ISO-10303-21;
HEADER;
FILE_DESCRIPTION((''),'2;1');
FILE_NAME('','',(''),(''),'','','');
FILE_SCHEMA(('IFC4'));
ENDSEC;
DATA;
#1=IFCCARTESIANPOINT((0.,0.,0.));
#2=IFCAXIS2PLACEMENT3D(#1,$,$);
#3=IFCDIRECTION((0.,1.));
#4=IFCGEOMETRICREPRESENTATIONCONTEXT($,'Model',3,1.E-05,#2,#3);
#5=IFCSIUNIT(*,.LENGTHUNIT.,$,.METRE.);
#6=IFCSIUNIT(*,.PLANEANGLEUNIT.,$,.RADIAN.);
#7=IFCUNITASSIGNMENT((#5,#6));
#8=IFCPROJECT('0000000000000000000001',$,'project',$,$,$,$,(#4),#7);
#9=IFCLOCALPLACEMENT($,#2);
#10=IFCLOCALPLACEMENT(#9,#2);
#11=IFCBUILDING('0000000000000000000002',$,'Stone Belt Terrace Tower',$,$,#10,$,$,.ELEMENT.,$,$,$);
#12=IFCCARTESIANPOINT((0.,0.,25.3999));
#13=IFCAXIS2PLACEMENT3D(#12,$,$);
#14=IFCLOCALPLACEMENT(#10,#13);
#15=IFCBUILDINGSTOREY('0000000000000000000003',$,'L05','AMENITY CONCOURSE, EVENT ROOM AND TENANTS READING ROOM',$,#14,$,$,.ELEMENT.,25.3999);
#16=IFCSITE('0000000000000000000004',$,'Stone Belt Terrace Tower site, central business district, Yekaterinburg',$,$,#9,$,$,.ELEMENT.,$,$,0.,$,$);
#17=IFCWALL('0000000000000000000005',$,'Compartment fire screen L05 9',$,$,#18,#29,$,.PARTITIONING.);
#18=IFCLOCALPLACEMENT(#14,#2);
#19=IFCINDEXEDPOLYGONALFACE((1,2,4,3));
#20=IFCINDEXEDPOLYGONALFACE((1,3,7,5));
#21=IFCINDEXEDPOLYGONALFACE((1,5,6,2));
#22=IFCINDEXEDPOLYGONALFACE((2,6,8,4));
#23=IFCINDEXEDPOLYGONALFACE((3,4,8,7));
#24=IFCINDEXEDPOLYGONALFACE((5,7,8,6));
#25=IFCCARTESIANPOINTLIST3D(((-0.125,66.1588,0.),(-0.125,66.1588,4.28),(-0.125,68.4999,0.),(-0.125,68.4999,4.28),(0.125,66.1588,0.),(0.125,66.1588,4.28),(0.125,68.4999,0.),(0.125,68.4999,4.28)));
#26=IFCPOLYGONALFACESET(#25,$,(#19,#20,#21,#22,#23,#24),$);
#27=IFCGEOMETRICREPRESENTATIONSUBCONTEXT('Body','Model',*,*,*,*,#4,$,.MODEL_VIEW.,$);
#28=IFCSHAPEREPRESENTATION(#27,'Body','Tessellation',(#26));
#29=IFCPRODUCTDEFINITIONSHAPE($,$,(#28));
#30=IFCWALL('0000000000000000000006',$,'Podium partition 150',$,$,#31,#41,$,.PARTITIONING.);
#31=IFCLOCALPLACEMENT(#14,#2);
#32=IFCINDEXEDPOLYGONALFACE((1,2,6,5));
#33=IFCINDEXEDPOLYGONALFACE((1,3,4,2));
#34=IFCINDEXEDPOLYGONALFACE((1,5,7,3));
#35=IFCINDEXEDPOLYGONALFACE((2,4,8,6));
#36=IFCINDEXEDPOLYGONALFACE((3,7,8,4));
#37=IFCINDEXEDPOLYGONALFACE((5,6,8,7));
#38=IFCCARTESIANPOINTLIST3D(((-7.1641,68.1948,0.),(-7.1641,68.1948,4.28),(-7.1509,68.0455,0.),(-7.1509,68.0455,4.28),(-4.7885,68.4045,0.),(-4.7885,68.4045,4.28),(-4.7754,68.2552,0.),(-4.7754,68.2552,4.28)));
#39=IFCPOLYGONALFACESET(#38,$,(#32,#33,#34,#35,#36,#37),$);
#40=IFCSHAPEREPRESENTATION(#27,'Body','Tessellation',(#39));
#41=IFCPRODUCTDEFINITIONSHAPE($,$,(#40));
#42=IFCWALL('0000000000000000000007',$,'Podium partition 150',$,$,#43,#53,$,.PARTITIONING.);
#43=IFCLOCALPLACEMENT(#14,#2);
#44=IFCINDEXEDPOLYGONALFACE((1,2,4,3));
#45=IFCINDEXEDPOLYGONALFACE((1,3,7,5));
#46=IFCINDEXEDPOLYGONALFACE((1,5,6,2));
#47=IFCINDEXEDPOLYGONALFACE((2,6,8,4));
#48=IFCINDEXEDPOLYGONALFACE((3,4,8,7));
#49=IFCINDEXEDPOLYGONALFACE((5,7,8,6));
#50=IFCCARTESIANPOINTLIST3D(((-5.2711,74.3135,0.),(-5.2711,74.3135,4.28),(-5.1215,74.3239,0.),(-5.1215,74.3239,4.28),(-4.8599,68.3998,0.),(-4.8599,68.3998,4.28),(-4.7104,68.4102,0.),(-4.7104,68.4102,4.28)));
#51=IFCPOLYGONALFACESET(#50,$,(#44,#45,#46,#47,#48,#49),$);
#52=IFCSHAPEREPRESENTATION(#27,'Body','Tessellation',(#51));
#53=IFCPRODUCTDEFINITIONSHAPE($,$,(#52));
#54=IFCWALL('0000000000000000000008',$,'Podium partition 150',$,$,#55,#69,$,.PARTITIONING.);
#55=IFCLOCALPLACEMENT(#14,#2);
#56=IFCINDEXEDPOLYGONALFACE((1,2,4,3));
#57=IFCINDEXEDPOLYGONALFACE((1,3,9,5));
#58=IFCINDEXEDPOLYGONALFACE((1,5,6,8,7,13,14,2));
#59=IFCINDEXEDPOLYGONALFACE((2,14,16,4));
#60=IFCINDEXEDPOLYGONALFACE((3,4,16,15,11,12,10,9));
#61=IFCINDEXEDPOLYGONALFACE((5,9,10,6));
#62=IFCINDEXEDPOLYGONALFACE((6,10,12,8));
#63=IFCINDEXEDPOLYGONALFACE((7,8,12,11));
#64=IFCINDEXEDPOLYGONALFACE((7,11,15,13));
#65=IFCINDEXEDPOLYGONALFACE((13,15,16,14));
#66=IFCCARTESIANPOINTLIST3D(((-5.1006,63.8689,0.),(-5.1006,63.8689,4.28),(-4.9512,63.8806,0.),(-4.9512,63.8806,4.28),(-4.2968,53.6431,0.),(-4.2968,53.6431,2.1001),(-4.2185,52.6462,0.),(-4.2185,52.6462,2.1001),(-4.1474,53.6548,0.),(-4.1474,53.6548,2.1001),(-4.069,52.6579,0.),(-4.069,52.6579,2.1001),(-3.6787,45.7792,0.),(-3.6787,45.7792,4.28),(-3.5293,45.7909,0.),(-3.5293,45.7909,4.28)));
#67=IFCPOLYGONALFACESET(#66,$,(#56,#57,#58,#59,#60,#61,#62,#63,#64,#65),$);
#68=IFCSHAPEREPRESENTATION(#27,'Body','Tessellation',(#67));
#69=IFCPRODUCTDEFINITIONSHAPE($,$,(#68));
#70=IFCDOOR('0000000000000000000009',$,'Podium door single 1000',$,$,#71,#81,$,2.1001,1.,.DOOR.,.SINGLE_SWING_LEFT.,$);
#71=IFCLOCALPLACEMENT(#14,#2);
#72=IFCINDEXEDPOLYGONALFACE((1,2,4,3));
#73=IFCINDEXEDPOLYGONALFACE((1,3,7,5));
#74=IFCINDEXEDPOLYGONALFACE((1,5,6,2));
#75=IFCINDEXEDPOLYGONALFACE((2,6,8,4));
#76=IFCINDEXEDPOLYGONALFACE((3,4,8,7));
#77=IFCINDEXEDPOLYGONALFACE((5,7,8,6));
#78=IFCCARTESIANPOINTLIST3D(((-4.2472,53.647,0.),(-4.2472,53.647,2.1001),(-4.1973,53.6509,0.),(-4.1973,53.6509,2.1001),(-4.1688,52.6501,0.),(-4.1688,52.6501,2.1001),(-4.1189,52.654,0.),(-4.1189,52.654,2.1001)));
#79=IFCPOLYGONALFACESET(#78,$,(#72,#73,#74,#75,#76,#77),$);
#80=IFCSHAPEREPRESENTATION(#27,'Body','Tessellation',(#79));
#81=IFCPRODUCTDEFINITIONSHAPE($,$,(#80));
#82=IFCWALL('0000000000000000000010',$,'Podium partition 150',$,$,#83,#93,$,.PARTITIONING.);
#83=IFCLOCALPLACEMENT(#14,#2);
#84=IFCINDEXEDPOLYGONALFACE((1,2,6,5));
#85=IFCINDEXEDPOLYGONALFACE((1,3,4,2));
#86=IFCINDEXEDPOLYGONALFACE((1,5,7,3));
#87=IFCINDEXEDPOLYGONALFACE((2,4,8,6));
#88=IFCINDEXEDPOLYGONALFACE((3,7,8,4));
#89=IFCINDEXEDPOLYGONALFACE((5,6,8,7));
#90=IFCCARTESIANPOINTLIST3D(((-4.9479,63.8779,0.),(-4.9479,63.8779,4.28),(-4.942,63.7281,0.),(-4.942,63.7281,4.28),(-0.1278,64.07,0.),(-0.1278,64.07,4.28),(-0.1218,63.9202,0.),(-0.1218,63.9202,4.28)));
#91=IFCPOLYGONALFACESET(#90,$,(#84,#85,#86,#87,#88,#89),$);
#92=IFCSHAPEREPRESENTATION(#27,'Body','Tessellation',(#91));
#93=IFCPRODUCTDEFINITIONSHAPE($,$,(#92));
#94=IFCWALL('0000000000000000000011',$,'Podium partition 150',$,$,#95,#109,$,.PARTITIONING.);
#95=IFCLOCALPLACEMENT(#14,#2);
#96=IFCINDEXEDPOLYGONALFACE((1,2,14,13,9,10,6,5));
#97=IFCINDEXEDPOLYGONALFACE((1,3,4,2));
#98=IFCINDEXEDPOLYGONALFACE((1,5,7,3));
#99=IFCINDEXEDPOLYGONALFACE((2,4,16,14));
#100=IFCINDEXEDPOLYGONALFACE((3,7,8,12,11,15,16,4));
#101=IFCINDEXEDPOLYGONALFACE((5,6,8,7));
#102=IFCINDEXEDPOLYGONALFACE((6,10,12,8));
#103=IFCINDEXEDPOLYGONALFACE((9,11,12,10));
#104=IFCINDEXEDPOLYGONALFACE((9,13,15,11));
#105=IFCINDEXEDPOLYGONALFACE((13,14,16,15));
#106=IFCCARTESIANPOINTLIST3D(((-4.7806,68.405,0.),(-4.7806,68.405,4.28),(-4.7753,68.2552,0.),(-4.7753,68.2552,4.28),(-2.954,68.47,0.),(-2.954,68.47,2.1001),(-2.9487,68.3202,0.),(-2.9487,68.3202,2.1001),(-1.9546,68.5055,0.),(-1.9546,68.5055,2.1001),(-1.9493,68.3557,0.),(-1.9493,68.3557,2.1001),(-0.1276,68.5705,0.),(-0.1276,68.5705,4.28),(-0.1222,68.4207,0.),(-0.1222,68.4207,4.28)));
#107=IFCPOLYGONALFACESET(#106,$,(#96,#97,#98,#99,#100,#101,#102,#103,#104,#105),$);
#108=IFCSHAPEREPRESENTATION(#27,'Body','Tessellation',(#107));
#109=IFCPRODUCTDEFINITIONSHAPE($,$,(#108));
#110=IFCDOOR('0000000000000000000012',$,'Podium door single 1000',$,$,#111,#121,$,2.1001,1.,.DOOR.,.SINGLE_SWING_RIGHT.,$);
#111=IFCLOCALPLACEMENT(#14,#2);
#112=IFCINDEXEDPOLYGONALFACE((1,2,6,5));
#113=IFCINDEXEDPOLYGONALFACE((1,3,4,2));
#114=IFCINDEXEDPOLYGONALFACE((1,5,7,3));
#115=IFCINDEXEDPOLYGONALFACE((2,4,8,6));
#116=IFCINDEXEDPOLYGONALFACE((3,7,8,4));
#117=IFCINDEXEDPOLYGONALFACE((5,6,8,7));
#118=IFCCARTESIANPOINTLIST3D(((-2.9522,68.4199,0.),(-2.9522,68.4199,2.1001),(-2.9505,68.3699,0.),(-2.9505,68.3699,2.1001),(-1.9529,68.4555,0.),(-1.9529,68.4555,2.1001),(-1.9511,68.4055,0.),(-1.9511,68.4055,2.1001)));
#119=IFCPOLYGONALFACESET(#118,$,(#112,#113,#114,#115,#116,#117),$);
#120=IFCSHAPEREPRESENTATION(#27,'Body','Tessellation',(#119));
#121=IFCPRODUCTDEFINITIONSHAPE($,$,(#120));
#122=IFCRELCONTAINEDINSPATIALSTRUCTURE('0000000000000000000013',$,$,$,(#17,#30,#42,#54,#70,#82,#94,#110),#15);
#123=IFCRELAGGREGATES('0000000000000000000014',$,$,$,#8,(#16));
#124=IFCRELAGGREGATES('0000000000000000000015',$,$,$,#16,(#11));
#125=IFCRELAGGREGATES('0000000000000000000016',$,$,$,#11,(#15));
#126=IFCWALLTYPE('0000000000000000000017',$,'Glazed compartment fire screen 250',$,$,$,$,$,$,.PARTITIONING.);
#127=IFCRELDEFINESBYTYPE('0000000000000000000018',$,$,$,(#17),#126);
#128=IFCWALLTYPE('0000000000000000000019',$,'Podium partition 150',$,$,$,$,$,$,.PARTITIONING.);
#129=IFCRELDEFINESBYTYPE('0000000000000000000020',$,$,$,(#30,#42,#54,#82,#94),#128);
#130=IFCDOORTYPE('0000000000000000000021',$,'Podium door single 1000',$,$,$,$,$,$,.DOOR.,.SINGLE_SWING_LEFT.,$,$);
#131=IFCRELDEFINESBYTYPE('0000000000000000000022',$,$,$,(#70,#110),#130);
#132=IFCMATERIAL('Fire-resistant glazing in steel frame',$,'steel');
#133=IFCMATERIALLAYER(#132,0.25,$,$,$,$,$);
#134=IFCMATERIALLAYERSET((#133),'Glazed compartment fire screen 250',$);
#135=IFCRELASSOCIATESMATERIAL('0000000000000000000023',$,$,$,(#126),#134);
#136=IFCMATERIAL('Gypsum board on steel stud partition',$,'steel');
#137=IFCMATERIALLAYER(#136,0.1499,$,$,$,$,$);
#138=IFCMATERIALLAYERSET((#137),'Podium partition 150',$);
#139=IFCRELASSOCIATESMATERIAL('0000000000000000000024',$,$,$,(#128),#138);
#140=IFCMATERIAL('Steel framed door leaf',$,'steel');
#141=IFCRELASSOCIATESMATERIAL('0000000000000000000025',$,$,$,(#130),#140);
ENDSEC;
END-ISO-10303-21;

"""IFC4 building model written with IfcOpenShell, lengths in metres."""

from ifc_helpers import new_model, si_unit, direction, frame, frame_2d, origin, place, context, subcontext, project, spatial, rectangle, extrude, material, layer, layer_set, type_object, element, fill, save


model = new_model("IFC4")

# Units and contexts
model_context = context("Model", 3, precision=1e-05, world=origin(), true_north=direction((0.0, 1.0)))
body_context = subcontext(model_context, "Body", "Model", "MODEL_VIEW")
ifc_project = project(units=[si_unit("LENGTHUNIT", "METRE"), si_unit("PLANEANGLEUNIT", "RADIAN")], contexts=[model_context])

# Site, building, storey
site_placement = place(None, origin())
site = spatial("IfcSite", under=ifc_project, at=site_placement, Name="Stone Belt Terrace Tower site, central business district, Yekaterinburg", CompositionType="ELEMENT", RefElevation=0.0)
building_placement = place(site_placement, origin())
building = spatial("IfcBuilding", under=site, at=building_placement, Name="Stone Belt Terrace Tower", CompositionType="ELEMENT")
storey_placement = place(building_placement, frame((0.0, 0.0, 25.3999)))
storey = spatial("IfcBuildingStorey", under=building, at=storey_placement, Name="L05", Description="AMENITY CONCOURSE, EVENT ROOM AND TENANTS READING ROOM", CompositionType="ELEMENT", Elevation=25.3999)

# Walls
ifc_material_1 = material(Name="Fire-resistant glazing in steel frame", Category="steel")
ifc_layer_1 = layer(ifc_material_1, 0.25)
ifc_layer_set_1 = layer_set([ifc_layer_1], Name="Glazed compartment fire screen 250")
wall_type_1 = type_object("IfcWallType", Name="Glazed compartment fire screen 250", PredefinedType="PARTITIONING", material=ifc_layer_set_1)
wall_1_placement = place(storey_placement, frame((0.0, 66.1589, 0.0), z_axis=(0.0, 0.0, 1.0), x_axis=(0.0, 1.0, 0.0)))
element("IfcWall", 1, at=wall_1_placement, inside=storey, type_object=wall_type_1, Name="Compartment fire screen L05 9", PredefinedType="PARTITIONING", context=body_context, shape_type="SweptSolid", body=[
    extrude(rectangle(XDim=2.3411, YDim=0.25, at=frame_2d((1.1704, 0.0))), origin(), (0.0, 0.0, 1.0), 4.28),
])
ifc_material_2 = material(Name="Gypsum board on steel stud partition", Category="steel")
ifc_layer_2 = layer(ifc_material_2, 0.1499)
ifc_layer_set_2 = layer_set([ifc_layer_2], Name="Podium partition 150")
wall_type_2 = type_object("IfcWallType", Name="Podium partition 150", PredefinedType="PARTITIONING", material=ifc_layer_set_2)
wall_2_placement = place(storey_placement, frame((-7.1575, 68.1201, 0.0), z_axis=(0.0, 0.0, 1.0), x_axis=(0.996126, 0.087942, 0.0)))
element("IfcWall", 2, at=wall_2_placement, inside=storey, type_object=wall_type_2, Name="Podium partition 150", PredefinedType="PARTITIONING", context=body_context, shape_type="SweptSolid", body=[
    extrude(rectangle(XDim=2.3848, YDim=0.1499, at=frame_2d((1.1924, 0.0))), origin(), (0.0, 0.0, 1.0), 4.28),
])
wall_3_placement = place(storey_placement, frame((-5.1963, 74.3186, 0.0), z_axis=(0.0, 0.0, 1.0), x_axis=(0.069353, -0.997592, 0.0)))
element("IfcWall", 3, at=wall_3_placement, inside=storey, type_object=wall_type_2, Name="Podium partition 150", PredefinedType="PARTITIONING", context=body_context, shape_type="SweptSolid", body=[
    extrude(rectangle(XDim=5.928, YDim=0.1499, at=frame_2d((2.9639, 0.0))), origin(), (0.0, 0.0, 1.0), 4.28),
])

# Wall, opening, door
wall_4_placement = place(storey_placement, frame((-5.0259, 63.8748, 0.0), z_axis=(0.0, 0.0, 1.0), x_axis=(0.07836, -0.996925, 0.0)))
wall_4 = element("IfcWall", 4, at=wall_4_placement, inside=storey, type_object=wall_type_2, Name="Podium partition 150", PredefinedType="PARTITIONING", context=body_context, shape_type="SweptSolid", body=[
    extrude(rectangle(XDim=18.1455, YDim=0.1499, at=frame_2d((9.0728, 0.0))), origin(), (0.0, 0.0, 1.0), 4.28),
])
opening_1_placement = place(wall_4_placement, frame((10.2573, 0.0, 0.0)))
opening_1 = element("IfcOpeningElement", 5, at=opening_1_placement, cuts=wall_4, PredefinedType="OPENING", context=body_context, shape_type="SweptSolid", body=[
    extrude(rectangle(XDim=1.0, YDim=2.1001, at=frame_2d((0.5, 1.05))), frame((0.0, 0.085, 0.0), z_axis=(0.0, -1.0, 0.0), x_axis=(1.0, 0.0, 0.0)), (0.0, 0.0, 1.0), 0.1699),
])
ifc_material_3 = material(Name="Steel framed door leaf", Category="steel")
door_type = type_object("IfcDoorType", Name="Podium door single 1000", OperationType="SINGLE_SWING_LEFT", PredefinedType="DOOR", material=ifc_material_3)
door_1_placement = place(opening_1_placement, origin())
door_1 = element("IfcDoor", 6, at=door_1_placement, inside=storey, type_object=door_type, Name="Podium door single 1000", OperationType="SINGLE_SWING_LEFT", OverallHeight=2.1001, OverallWidth=1.0, PredefinedType="DOOR", context=body_context, shape_type="SweptSolid", body=[
    extrude(rectangle(XDim=1.0, YDim=2.1001, at=frame_2d((0.5, 1.05))), frame((0.0, 0.0249, 0.0), z_axis=(0.0, -1.0, 0.0), x_axis=(1.0, 0.0, 0.0)), (0.0, 0.0, 1.0), 0.05),
])
fill(opening_1, door_1)

# Wall
wall_5_placement = place(storey_placement, frame((-4.9451, 63.803, 0.0), z_axis=(0.0, 0.0, 1.0), x_axis=(0.999206, 0.039831, 0.0)))
element("IfcWall", 7, at=wall_5_placement, inside=storey, type_object=wall_type_2, Name="Podium partition 150", PredefinedType="PARTITIONING", context=body_context, shape_type="SweptSolid", body=[
    extrude(rectangle(XDim=4.824, YDim=0.1499, at=frame_2d((2.4121, 0.0))), origin(), (0.0, 0.0, 1.0), 4.28),
])

# Wall, opening, door
wall_6_placement = place(storey_placement, frame((-4.7781, 68.3301, 0.0), z_axis=(0.0, 0.0, 1.0), x_axis=(0.999368, 0.035551, 0.0)))
wall_6 = element("IfcWall", 8, at=wall_6_placement, inside=storey, type_object=wall_type_2, Name="Podium partition 150", PredefinedType="PARTITIONING", context=body_context, shape_type="SweptSolid", body=[
    extrude(rectangle(XDim=4.656, YDim=0.1499, at=frame_2d((2.3281, 0.0))), origin(), (0.0, 0.0, 1.0), 4.28),
])
opening_2_placement = place(wall_6_placement, frame((1.8279, 0.0, 0.0)))
opening_2 = element("IfcOpeningElement", 9, at=opening_2_placement, cuts=wall_6, PredefinedType="OPENING", context=body_context, shape_type="SweptSolid", body=[
    extrude(rectangle(XDim=1.0, YDim=2.1001, at=frame_2d((0.5, 1.05))), frame((0.0, 0.085, 0.0), z_axis=(0.0, -1.0, 0.0), x_axis=(1.0, 0.0, 0.0)), (0.0, 0.0, 1.0), 0.1699),
])
door_2_placement = place(opening_2_placement, origin())
door_2 = element("IfcDoor", 10, at=door_2_placement, inside=storey, type_object=door_type, Name="Podium door single 1000", OperationType="SINGLE_SWING_RIGHT", OverallHeight=2.1001, OverallWidth=1.0, PredefinedType="DOOR", context=body_context, shape_type="SweptSolid", body=[
    extrude(rectangle(XDim=1.0, YDim=2.1001, at=frame_2d((0.5, 1.05))), frame((0.0, 0.0249, 0.0), z_axis=(0.0, -1.0, 0.0), x_axis=(1.0, 0.0, 0.0)), (0.0, 0.0, 1.0), 0.05),
])
fill(opening_2, door_2)

save(model, "model.ifc")
